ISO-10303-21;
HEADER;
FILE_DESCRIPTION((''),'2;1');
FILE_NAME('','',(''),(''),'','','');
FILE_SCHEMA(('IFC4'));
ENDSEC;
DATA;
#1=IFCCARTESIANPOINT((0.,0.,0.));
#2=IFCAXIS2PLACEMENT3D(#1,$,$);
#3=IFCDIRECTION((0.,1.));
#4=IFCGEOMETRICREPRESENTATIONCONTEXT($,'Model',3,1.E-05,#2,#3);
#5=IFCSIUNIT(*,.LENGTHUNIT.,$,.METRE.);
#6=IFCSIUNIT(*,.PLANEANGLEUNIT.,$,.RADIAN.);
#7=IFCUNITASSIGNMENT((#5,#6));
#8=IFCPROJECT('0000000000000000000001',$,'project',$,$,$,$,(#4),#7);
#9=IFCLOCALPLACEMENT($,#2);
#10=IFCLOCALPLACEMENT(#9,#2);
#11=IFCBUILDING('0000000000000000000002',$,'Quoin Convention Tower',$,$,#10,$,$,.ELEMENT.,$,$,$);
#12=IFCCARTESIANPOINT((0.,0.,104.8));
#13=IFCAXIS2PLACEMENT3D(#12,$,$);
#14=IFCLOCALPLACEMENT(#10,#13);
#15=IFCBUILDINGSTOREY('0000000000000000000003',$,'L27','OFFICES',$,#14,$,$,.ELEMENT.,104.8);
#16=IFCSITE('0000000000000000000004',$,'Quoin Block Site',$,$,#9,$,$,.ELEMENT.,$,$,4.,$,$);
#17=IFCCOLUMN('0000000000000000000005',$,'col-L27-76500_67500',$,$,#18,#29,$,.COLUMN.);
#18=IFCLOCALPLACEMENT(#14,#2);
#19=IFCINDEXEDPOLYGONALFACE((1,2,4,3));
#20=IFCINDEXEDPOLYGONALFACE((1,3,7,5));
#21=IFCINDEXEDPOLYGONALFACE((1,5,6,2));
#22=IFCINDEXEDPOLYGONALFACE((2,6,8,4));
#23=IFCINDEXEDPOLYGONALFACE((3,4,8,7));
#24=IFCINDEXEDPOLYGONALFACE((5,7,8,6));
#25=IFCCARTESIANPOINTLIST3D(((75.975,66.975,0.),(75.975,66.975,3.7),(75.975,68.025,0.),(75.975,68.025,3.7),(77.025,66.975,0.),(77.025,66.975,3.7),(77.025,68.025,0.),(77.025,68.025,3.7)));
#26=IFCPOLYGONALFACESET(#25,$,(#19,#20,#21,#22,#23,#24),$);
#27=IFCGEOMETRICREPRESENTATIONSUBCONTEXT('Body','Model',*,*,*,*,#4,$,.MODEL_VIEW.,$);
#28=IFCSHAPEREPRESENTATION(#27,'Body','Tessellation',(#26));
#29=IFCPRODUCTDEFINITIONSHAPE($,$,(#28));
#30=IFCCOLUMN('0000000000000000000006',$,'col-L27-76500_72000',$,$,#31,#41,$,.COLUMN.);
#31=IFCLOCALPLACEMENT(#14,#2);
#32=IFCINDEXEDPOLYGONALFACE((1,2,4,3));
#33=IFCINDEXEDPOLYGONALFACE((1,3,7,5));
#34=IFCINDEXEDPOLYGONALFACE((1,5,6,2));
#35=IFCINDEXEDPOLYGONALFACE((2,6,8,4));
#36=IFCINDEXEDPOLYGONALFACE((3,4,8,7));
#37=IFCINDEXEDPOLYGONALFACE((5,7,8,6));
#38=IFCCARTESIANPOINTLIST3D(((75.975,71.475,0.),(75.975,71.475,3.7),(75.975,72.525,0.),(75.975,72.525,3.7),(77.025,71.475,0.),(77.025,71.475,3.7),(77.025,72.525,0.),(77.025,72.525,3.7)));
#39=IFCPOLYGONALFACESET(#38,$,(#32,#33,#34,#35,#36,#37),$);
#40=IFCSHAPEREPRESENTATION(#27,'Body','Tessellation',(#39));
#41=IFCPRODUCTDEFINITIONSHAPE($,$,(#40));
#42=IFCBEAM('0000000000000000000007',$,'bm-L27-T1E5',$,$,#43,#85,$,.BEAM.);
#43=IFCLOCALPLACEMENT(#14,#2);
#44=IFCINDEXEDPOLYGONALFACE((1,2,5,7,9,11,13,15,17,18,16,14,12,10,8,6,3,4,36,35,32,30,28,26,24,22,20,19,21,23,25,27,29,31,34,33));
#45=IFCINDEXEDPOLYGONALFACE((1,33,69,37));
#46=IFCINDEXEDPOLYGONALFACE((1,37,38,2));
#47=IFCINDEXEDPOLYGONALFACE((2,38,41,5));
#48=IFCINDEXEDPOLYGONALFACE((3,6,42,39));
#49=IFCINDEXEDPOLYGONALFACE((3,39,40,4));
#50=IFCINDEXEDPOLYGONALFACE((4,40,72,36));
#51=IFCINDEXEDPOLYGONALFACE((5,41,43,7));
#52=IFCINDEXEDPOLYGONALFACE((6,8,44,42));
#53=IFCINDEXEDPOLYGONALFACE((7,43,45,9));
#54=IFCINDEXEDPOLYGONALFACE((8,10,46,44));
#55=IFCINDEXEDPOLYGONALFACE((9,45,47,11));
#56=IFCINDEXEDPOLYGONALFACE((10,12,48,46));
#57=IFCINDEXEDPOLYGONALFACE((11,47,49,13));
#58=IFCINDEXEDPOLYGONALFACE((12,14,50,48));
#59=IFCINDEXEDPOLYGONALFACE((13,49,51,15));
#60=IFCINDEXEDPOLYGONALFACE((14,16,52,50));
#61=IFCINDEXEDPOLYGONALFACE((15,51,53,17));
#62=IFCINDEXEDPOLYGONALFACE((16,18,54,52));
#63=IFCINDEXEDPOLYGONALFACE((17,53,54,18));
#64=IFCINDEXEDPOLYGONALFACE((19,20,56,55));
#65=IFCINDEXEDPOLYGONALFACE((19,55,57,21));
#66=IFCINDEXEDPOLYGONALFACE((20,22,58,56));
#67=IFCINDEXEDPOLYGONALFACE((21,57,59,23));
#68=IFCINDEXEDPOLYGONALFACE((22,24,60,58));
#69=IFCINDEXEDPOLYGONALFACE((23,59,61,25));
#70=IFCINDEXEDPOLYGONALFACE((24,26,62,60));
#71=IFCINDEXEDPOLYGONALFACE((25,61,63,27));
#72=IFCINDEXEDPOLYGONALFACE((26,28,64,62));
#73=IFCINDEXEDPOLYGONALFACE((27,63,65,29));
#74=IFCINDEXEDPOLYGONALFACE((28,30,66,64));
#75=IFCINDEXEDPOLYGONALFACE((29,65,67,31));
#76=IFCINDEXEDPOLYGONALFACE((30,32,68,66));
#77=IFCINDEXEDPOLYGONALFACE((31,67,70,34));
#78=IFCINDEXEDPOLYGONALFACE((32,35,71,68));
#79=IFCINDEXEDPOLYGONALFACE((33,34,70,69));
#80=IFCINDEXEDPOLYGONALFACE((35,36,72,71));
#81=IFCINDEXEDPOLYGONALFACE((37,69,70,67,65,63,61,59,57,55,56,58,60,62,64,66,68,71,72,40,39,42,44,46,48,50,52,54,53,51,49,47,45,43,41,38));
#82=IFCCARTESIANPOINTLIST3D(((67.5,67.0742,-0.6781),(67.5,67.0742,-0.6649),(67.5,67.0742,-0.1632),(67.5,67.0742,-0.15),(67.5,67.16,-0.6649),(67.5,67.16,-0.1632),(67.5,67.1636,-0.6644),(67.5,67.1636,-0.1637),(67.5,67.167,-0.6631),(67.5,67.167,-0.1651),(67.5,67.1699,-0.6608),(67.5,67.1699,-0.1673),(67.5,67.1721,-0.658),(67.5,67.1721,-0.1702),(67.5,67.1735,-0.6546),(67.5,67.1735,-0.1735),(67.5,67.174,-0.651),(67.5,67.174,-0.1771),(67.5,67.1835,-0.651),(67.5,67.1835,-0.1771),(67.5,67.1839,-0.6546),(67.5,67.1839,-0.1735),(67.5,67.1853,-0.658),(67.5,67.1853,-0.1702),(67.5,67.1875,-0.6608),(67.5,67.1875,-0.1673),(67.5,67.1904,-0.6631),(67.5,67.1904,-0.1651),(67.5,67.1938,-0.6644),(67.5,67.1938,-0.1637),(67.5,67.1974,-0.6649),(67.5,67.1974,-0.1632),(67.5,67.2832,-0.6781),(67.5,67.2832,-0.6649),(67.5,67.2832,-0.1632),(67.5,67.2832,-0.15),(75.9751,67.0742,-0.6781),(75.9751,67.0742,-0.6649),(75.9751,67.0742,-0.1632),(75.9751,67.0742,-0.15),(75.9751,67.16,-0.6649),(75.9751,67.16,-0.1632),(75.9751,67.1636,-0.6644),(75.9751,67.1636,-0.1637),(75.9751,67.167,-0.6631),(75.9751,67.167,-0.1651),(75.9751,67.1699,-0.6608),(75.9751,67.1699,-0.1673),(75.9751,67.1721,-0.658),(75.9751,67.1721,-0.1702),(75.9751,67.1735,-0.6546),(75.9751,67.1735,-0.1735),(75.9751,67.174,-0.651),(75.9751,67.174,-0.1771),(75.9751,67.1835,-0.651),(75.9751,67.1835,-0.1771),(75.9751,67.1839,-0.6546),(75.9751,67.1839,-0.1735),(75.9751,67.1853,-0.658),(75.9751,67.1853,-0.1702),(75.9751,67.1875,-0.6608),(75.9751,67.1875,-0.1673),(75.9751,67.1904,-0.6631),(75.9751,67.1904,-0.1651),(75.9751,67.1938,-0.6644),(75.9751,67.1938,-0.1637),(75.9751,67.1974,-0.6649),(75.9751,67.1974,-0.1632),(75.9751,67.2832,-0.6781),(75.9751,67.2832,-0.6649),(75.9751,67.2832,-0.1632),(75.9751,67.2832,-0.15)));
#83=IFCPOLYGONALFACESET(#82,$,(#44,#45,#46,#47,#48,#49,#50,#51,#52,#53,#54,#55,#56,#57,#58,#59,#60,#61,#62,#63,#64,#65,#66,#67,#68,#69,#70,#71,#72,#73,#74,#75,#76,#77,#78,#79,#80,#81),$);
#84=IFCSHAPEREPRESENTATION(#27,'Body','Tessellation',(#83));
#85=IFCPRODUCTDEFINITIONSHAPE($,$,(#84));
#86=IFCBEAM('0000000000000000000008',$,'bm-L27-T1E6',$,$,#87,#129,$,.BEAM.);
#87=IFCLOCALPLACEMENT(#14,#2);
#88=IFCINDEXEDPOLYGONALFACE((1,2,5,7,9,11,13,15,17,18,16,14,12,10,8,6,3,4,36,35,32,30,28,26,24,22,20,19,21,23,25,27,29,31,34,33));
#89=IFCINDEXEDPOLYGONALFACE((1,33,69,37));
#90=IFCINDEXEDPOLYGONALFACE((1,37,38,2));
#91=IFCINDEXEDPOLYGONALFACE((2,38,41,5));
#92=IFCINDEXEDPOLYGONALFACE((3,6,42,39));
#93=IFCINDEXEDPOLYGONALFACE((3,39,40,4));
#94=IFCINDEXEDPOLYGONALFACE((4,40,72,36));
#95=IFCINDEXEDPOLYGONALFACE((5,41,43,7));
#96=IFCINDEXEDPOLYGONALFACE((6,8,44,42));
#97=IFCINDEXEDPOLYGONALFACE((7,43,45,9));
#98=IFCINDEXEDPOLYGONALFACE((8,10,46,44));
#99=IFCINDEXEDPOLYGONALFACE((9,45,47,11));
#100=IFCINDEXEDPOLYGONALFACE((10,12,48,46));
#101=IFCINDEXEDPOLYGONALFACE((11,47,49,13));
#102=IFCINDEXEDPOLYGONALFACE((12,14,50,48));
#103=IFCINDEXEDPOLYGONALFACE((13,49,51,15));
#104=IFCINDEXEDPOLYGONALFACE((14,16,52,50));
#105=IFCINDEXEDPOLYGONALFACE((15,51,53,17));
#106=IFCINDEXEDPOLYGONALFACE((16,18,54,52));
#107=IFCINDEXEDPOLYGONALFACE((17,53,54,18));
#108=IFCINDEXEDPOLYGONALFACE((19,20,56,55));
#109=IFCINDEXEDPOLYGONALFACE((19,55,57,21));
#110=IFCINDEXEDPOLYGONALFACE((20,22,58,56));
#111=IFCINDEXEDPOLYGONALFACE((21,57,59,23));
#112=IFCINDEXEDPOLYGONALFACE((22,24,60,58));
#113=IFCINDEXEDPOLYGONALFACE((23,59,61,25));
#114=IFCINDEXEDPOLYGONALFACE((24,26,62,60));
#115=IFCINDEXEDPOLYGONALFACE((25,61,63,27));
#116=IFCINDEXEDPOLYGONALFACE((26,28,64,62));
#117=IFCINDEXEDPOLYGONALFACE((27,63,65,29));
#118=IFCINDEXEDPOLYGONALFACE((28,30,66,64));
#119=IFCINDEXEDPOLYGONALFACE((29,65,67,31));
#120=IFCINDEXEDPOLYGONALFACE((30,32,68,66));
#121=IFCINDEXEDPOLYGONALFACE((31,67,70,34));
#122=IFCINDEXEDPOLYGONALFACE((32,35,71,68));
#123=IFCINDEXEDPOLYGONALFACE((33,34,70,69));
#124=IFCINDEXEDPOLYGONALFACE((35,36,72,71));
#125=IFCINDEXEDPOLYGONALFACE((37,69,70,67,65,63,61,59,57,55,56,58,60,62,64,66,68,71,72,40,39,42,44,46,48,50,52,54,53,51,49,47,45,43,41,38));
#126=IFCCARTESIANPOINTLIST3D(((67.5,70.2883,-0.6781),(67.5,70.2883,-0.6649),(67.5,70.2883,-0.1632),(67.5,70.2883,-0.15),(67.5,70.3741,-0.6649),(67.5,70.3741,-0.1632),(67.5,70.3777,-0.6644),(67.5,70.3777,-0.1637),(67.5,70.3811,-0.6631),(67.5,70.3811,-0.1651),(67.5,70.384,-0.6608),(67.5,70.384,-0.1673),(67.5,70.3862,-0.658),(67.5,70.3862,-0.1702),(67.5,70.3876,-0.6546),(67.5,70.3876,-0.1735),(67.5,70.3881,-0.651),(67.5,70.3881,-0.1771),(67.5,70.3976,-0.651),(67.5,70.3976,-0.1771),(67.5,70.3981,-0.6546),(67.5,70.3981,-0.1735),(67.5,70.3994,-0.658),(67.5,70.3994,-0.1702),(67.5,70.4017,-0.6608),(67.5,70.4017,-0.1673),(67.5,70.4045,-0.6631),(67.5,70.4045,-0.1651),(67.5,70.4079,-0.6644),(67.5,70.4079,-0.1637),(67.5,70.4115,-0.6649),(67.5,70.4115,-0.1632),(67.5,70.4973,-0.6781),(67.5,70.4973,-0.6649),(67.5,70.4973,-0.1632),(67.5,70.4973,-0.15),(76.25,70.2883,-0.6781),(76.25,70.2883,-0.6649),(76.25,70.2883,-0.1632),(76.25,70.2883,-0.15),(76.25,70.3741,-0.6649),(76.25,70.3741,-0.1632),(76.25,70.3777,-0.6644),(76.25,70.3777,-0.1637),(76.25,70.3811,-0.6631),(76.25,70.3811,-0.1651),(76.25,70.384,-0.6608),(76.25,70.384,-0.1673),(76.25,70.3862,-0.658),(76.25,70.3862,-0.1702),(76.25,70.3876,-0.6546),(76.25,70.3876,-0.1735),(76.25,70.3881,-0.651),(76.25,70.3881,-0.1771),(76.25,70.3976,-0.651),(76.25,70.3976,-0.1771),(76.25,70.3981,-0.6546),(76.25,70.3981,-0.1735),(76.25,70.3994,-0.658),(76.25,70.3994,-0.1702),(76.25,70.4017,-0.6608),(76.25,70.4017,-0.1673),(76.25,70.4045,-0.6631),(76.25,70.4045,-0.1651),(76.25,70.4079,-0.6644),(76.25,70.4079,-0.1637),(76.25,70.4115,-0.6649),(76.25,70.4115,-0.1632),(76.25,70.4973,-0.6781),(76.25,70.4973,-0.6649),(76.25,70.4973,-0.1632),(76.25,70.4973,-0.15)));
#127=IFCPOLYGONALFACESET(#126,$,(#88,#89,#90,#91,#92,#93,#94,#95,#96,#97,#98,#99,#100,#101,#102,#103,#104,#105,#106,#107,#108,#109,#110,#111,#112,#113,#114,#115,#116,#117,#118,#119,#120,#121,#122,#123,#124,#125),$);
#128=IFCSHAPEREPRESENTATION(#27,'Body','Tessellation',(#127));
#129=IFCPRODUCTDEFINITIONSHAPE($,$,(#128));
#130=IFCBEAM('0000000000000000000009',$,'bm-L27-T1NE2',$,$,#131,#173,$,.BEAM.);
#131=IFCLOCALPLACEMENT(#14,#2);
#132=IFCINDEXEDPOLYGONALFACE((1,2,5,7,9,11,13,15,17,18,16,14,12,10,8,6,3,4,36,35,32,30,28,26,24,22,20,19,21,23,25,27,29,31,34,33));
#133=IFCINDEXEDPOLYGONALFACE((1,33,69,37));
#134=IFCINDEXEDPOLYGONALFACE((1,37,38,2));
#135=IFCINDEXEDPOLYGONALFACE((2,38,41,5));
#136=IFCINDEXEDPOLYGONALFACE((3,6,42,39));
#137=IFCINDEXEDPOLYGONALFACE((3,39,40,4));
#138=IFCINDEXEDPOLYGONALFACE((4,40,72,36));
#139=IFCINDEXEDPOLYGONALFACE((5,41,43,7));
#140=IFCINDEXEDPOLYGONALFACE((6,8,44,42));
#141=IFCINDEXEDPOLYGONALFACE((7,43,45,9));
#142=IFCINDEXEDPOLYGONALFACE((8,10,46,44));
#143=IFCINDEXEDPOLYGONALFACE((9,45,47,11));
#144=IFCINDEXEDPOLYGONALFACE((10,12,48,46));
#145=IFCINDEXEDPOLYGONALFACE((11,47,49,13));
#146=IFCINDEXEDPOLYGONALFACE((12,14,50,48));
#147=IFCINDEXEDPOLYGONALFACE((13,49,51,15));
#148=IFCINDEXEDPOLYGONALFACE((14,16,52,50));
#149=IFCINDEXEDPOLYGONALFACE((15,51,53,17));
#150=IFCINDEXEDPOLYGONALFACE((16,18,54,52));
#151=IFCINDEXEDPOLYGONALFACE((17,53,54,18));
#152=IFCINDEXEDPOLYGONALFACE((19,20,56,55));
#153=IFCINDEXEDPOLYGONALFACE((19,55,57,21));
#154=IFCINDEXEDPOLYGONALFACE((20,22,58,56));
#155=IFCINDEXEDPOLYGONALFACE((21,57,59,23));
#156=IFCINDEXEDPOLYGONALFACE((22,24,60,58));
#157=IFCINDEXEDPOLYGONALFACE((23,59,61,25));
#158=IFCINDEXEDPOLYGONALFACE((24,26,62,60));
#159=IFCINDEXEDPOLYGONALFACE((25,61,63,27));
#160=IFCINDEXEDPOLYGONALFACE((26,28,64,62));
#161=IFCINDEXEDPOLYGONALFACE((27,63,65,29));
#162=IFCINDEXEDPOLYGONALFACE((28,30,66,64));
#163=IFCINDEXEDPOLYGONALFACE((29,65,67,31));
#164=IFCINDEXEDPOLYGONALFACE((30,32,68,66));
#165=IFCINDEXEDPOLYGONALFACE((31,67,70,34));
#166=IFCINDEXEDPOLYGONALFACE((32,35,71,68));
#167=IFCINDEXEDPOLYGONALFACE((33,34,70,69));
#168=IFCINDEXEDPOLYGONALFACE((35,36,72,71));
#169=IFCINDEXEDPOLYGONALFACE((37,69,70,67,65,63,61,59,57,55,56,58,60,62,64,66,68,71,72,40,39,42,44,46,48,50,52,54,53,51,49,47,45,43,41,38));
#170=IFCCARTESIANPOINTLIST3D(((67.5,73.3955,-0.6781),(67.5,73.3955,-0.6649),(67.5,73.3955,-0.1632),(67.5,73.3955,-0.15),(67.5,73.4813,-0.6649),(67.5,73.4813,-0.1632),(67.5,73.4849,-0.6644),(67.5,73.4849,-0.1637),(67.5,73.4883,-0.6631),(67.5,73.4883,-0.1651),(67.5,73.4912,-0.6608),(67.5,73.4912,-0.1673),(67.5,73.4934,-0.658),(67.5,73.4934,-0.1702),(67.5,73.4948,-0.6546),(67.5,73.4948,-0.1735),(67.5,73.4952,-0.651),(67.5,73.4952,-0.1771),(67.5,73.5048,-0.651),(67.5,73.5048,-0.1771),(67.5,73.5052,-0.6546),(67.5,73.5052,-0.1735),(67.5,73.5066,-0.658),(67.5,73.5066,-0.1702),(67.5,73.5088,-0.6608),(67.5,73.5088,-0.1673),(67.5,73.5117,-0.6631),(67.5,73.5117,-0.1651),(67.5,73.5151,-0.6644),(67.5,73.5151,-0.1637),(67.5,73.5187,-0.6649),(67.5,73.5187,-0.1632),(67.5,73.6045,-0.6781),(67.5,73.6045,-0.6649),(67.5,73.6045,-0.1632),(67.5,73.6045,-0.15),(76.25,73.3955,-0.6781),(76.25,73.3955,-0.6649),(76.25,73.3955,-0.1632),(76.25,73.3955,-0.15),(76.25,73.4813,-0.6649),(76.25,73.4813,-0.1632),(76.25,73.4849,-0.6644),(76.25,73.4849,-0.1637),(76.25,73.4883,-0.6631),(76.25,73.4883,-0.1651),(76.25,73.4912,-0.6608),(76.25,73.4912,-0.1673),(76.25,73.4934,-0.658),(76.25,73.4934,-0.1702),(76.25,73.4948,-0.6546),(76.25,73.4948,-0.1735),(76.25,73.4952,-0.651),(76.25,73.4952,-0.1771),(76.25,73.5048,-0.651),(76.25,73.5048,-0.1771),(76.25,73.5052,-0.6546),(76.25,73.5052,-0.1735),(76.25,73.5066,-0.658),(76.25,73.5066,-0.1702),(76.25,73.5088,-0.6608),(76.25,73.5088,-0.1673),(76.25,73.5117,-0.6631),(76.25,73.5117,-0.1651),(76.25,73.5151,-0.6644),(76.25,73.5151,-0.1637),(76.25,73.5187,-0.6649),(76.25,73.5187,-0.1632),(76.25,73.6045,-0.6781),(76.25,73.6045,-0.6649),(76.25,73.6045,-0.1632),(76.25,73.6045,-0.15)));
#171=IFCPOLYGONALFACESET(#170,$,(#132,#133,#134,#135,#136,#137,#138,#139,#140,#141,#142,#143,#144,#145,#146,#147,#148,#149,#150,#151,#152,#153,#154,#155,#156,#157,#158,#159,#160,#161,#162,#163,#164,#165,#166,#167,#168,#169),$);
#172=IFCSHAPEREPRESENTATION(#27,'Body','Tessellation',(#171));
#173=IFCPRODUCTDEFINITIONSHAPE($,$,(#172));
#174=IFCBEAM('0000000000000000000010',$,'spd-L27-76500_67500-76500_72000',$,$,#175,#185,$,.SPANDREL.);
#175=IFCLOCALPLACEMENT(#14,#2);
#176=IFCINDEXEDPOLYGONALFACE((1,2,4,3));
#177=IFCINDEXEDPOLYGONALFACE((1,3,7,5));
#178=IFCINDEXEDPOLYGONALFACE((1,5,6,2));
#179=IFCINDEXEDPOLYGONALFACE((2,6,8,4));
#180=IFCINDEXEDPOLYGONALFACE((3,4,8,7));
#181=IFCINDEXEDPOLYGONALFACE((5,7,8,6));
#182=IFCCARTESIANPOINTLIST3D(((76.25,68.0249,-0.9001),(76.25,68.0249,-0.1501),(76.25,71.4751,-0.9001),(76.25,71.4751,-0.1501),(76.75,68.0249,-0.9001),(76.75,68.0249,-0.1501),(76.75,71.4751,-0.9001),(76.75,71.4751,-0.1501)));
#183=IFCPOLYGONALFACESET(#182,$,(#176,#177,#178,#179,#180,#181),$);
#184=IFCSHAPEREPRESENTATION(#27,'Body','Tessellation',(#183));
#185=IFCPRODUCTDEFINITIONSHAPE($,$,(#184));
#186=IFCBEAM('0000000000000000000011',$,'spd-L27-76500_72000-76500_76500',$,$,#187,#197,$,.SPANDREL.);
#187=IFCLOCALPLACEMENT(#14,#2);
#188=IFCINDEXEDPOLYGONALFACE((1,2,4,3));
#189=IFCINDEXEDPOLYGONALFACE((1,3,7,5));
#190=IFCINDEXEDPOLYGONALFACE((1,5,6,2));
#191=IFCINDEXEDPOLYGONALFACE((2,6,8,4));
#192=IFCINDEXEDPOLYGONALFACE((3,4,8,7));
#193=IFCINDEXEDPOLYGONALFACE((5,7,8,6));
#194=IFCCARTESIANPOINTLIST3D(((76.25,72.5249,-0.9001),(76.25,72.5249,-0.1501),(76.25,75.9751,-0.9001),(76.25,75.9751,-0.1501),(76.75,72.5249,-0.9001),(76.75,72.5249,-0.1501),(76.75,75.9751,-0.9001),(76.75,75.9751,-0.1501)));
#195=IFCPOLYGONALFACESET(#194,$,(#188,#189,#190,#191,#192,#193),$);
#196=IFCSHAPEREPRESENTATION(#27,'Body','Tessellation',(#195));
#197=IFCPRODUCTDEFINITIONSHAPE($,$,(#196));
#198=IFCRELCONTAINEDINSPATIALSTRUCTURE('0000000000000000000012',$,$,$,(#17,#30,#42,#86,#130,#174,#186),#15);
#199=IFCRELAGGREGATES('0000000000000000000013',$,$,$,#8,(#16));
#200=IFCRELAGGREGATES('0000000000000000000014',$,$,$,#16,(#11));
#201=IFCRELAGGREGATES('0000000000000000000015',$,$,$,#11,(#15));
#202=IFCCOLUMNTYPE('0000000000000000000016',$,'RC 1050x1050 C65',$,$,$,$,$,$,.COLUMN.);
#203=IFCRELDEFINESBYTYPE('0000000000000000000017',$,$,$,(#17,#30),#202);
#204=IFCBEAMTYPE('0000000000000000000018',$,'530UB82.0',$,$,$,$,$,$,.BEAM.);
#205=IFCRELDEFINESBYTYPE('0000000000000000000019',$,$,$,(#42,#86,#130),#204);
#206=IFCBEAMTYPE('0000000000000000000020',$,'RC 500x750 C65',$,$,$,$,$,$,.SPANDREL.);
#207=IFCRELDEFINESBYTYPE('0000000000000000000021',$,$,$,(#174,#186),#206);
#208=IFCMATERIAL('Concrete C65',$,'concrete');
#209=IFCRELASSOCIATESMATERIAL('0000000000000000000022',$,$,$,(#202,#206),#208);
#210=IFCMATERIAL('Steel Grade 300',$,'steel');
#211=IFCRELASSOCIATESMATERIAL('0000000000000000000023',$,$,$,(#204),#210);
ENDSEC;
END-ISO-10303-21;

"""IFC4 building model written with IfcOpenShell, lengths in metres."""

from ifc_helpers import new_model, si_unit, direction, frame, origin, origin_2d, place, context, subcontext, project, spatial, rectangle, i_section, extrude, material, material_profile, profile_set, type_object, element, save


model = new_model("IFC4")

# Units and contexts
model_context = context("Model", 3, precision=1e-05, world=origin(), true_north=direction((0.0, 1.0)))
body_context = subcontext(model_context, "Body", "Model", "MODEL_VIEW")
ifc_project = project(units=[si_unit("LENGTHUNIT", "METRE"), si_unit("PLANEANGLEUNIT", "RADIAN")], contexts=[model_context])

# Site, building, storey
site_placement = place(None, origin())
site = spatial("IfcSite", under=ifc_project, at=site_placement, Name="Quoin Block Site", CompositionType="ELEMENT", RefElevation=4.0)
building_placement = place(site_placement, origin())
building = spatial("IfcBuilding", under=site, at=building_placement, Name="Quoin Convention Tower", CompositionType="ELEMENT")
storey_placement = place(building_placement, frame((0.0, 0.0, 104.8)))
storey = spatial("IfcBuildingStorey", under=building, at=storey_placement, Name="L27", Description="OFFICES", CompositionType="ELEMENT", Elevation=104.8)

# Columns
ifc_material_1 = material(Name="Concrete C65", Category="concrete")
ifc_material_profile_1 = material_profile(ifc_material_1, rectangle(XDim=1.05, YDim=1.05, at=origin_2d()), Name="RC 1050x1050")
ifc_profile_set_1 = profile_set([ifc_material_profile_1], Name="Concrete C65")
column_type = type_object("IfcColumnType", Name="RC 1050x1050 C65", PredefinedType="COLUMN", material=ifc_profile_set_1)
for number, where, z_axis, x_axis, name in (
    (1, (76.5, 67.5, 0.0), (0.0, 0.0, 1.0), (1.0, 0.0, 0.0), "col-L27-76500_67500"),
    (2, (76.5, 72.0, 0.0), (0.0, 0.0, 1.0), (1.0, 0.0, 0.0), "col-L27-76500_72000"),
):
    element("IfcColumn", number, at=place(storey_placement, frame(where, z_axis=z_axis, x_axis=x_axis)), inside=storey, type_object=column_type, Name=name, PredefinedType="COLUMN", context=body_context, shape_type="SweptSolid", body=[
        extrude(rectangle(XDim=1.05, YDim=1.05, at=origin_2d()), origin(), (0.0, 0.0, 1.0), 3.7),
    ])

# Beams
ifc_material_2 = material(Name="Steel Grade 300", Category="steel")
ifc_material_profile_2 = material_profile(ifc_material_2, i_section(OverallWidth=0.209, OverallDepth=0.5281, WebThickness=0.0095, FlangeThickness=0.0132, FilletRadius=0.0139, at=origin_2d()), Name="530UB82.0")
ifc_profile_set_2 = profile_set([ifc_material_profile_2], Name="Steel Grade 300")
beam_type_1 = type_object("IfcBeamType", Name="530UB82.0", PredefinedType="BEAM", material=ifc_profile_set_2)
beam_placement = place(storey_placement, frame((67.5, 67.1787, -0.4141), z_axis=(1.0, 0.0, 0.0), x_axis=(0.0, 1.0, 0.0)))
element("IfcBeam", 3, at=beam_placement, inside=storey, type_object=beam_type_1, Name="bm-L27-T1E5", PredefinedType="BEAM", context=body_context, shape_type="SweptSolid", body=[
    extrude(i_section(OverallWidth=0.209, OverallDepth=0.5281, WebThickness=0.0095, FlangeThickness=0.0132, FilletRadius=0.0139, at=origin_2d()), origin(), (0.0, 0.0, 1.0), 8.4751),
])
for number, where, z_axis, x_axis, name in (
    (4, (67.5, 70.3928, -0.4141), (1.0, 0.0, 0.0), (0.0, 1.0, 0.0), "bm-L27-T1E6"),
    (5, (67.5, 73.5, -0.4141), (1.0, 0.0, 0.0), (0.0, 1.0, 0.0), "bm-L27-T1NE2"),
):
    element("IfcBeam", number, at=place(storey_placement, frame(where, z_axis=z_axis, x_axis=x_axis)), inside=storey, type_object=beam_type_1, Name=name, PredefinedType="BEAM", context=body_context, shape_type="SweptSolid", body=[
        extrude(i_section(OverallWidth=0.209, OverallDepth=0.5281, WebThickness=0.0095, FlangeThickness=0.0132, FilletRadius=0.0139, at=origin_2d()), origin(), (0.0, 0.0, 1.0), 8.75),
    ])
ifc_material_profile_3 = material_profile(ifc_material_1, rectangle(XDim=0.5, YDim=0.75, at=origin_2d()), Name="RC 500x750")
ifc_profile_set_3 = profile_set([ifc_material_profile_3], Name="Concrete C65")
beam_type_2 = type_object("IfcBeamType", Name="RC 500x750 C65", PredefinedType="SPANDREL", material=ifc_profile_set_3)
for number, where, z_axis, x_axis, name in (
    (6, (76.5, 68.0249, -0.5251), (0.0, 1.0, 0.0), (-1.0, 0.0, 0.0), "spd-L27-76500_67500-76500_72000"),
    (7, (76.5, 72.5249, -0.5251), (0.0, 1.0, 0.0), (-1.0, 0.0, 0.0), "spd-L27-76500_72000-76500_76500"),
):
    element("IfcBeam", number, at=place(storey_placement, frame(where, z_axis=z_axis, x_axis=x_axis)), inside=storey, type_object=beam_type_2, Name=name, PredefinedType="SPANDREL", context=body_context, shape_type="SweptSolid", body=[
        extrude(rectangle(XDim=0.5, YDim=0.75, at=origin_2d()), origin(), (0.0, 0.0, 1.0), 3.4502),
    ])

save(model, "model.ifc")
